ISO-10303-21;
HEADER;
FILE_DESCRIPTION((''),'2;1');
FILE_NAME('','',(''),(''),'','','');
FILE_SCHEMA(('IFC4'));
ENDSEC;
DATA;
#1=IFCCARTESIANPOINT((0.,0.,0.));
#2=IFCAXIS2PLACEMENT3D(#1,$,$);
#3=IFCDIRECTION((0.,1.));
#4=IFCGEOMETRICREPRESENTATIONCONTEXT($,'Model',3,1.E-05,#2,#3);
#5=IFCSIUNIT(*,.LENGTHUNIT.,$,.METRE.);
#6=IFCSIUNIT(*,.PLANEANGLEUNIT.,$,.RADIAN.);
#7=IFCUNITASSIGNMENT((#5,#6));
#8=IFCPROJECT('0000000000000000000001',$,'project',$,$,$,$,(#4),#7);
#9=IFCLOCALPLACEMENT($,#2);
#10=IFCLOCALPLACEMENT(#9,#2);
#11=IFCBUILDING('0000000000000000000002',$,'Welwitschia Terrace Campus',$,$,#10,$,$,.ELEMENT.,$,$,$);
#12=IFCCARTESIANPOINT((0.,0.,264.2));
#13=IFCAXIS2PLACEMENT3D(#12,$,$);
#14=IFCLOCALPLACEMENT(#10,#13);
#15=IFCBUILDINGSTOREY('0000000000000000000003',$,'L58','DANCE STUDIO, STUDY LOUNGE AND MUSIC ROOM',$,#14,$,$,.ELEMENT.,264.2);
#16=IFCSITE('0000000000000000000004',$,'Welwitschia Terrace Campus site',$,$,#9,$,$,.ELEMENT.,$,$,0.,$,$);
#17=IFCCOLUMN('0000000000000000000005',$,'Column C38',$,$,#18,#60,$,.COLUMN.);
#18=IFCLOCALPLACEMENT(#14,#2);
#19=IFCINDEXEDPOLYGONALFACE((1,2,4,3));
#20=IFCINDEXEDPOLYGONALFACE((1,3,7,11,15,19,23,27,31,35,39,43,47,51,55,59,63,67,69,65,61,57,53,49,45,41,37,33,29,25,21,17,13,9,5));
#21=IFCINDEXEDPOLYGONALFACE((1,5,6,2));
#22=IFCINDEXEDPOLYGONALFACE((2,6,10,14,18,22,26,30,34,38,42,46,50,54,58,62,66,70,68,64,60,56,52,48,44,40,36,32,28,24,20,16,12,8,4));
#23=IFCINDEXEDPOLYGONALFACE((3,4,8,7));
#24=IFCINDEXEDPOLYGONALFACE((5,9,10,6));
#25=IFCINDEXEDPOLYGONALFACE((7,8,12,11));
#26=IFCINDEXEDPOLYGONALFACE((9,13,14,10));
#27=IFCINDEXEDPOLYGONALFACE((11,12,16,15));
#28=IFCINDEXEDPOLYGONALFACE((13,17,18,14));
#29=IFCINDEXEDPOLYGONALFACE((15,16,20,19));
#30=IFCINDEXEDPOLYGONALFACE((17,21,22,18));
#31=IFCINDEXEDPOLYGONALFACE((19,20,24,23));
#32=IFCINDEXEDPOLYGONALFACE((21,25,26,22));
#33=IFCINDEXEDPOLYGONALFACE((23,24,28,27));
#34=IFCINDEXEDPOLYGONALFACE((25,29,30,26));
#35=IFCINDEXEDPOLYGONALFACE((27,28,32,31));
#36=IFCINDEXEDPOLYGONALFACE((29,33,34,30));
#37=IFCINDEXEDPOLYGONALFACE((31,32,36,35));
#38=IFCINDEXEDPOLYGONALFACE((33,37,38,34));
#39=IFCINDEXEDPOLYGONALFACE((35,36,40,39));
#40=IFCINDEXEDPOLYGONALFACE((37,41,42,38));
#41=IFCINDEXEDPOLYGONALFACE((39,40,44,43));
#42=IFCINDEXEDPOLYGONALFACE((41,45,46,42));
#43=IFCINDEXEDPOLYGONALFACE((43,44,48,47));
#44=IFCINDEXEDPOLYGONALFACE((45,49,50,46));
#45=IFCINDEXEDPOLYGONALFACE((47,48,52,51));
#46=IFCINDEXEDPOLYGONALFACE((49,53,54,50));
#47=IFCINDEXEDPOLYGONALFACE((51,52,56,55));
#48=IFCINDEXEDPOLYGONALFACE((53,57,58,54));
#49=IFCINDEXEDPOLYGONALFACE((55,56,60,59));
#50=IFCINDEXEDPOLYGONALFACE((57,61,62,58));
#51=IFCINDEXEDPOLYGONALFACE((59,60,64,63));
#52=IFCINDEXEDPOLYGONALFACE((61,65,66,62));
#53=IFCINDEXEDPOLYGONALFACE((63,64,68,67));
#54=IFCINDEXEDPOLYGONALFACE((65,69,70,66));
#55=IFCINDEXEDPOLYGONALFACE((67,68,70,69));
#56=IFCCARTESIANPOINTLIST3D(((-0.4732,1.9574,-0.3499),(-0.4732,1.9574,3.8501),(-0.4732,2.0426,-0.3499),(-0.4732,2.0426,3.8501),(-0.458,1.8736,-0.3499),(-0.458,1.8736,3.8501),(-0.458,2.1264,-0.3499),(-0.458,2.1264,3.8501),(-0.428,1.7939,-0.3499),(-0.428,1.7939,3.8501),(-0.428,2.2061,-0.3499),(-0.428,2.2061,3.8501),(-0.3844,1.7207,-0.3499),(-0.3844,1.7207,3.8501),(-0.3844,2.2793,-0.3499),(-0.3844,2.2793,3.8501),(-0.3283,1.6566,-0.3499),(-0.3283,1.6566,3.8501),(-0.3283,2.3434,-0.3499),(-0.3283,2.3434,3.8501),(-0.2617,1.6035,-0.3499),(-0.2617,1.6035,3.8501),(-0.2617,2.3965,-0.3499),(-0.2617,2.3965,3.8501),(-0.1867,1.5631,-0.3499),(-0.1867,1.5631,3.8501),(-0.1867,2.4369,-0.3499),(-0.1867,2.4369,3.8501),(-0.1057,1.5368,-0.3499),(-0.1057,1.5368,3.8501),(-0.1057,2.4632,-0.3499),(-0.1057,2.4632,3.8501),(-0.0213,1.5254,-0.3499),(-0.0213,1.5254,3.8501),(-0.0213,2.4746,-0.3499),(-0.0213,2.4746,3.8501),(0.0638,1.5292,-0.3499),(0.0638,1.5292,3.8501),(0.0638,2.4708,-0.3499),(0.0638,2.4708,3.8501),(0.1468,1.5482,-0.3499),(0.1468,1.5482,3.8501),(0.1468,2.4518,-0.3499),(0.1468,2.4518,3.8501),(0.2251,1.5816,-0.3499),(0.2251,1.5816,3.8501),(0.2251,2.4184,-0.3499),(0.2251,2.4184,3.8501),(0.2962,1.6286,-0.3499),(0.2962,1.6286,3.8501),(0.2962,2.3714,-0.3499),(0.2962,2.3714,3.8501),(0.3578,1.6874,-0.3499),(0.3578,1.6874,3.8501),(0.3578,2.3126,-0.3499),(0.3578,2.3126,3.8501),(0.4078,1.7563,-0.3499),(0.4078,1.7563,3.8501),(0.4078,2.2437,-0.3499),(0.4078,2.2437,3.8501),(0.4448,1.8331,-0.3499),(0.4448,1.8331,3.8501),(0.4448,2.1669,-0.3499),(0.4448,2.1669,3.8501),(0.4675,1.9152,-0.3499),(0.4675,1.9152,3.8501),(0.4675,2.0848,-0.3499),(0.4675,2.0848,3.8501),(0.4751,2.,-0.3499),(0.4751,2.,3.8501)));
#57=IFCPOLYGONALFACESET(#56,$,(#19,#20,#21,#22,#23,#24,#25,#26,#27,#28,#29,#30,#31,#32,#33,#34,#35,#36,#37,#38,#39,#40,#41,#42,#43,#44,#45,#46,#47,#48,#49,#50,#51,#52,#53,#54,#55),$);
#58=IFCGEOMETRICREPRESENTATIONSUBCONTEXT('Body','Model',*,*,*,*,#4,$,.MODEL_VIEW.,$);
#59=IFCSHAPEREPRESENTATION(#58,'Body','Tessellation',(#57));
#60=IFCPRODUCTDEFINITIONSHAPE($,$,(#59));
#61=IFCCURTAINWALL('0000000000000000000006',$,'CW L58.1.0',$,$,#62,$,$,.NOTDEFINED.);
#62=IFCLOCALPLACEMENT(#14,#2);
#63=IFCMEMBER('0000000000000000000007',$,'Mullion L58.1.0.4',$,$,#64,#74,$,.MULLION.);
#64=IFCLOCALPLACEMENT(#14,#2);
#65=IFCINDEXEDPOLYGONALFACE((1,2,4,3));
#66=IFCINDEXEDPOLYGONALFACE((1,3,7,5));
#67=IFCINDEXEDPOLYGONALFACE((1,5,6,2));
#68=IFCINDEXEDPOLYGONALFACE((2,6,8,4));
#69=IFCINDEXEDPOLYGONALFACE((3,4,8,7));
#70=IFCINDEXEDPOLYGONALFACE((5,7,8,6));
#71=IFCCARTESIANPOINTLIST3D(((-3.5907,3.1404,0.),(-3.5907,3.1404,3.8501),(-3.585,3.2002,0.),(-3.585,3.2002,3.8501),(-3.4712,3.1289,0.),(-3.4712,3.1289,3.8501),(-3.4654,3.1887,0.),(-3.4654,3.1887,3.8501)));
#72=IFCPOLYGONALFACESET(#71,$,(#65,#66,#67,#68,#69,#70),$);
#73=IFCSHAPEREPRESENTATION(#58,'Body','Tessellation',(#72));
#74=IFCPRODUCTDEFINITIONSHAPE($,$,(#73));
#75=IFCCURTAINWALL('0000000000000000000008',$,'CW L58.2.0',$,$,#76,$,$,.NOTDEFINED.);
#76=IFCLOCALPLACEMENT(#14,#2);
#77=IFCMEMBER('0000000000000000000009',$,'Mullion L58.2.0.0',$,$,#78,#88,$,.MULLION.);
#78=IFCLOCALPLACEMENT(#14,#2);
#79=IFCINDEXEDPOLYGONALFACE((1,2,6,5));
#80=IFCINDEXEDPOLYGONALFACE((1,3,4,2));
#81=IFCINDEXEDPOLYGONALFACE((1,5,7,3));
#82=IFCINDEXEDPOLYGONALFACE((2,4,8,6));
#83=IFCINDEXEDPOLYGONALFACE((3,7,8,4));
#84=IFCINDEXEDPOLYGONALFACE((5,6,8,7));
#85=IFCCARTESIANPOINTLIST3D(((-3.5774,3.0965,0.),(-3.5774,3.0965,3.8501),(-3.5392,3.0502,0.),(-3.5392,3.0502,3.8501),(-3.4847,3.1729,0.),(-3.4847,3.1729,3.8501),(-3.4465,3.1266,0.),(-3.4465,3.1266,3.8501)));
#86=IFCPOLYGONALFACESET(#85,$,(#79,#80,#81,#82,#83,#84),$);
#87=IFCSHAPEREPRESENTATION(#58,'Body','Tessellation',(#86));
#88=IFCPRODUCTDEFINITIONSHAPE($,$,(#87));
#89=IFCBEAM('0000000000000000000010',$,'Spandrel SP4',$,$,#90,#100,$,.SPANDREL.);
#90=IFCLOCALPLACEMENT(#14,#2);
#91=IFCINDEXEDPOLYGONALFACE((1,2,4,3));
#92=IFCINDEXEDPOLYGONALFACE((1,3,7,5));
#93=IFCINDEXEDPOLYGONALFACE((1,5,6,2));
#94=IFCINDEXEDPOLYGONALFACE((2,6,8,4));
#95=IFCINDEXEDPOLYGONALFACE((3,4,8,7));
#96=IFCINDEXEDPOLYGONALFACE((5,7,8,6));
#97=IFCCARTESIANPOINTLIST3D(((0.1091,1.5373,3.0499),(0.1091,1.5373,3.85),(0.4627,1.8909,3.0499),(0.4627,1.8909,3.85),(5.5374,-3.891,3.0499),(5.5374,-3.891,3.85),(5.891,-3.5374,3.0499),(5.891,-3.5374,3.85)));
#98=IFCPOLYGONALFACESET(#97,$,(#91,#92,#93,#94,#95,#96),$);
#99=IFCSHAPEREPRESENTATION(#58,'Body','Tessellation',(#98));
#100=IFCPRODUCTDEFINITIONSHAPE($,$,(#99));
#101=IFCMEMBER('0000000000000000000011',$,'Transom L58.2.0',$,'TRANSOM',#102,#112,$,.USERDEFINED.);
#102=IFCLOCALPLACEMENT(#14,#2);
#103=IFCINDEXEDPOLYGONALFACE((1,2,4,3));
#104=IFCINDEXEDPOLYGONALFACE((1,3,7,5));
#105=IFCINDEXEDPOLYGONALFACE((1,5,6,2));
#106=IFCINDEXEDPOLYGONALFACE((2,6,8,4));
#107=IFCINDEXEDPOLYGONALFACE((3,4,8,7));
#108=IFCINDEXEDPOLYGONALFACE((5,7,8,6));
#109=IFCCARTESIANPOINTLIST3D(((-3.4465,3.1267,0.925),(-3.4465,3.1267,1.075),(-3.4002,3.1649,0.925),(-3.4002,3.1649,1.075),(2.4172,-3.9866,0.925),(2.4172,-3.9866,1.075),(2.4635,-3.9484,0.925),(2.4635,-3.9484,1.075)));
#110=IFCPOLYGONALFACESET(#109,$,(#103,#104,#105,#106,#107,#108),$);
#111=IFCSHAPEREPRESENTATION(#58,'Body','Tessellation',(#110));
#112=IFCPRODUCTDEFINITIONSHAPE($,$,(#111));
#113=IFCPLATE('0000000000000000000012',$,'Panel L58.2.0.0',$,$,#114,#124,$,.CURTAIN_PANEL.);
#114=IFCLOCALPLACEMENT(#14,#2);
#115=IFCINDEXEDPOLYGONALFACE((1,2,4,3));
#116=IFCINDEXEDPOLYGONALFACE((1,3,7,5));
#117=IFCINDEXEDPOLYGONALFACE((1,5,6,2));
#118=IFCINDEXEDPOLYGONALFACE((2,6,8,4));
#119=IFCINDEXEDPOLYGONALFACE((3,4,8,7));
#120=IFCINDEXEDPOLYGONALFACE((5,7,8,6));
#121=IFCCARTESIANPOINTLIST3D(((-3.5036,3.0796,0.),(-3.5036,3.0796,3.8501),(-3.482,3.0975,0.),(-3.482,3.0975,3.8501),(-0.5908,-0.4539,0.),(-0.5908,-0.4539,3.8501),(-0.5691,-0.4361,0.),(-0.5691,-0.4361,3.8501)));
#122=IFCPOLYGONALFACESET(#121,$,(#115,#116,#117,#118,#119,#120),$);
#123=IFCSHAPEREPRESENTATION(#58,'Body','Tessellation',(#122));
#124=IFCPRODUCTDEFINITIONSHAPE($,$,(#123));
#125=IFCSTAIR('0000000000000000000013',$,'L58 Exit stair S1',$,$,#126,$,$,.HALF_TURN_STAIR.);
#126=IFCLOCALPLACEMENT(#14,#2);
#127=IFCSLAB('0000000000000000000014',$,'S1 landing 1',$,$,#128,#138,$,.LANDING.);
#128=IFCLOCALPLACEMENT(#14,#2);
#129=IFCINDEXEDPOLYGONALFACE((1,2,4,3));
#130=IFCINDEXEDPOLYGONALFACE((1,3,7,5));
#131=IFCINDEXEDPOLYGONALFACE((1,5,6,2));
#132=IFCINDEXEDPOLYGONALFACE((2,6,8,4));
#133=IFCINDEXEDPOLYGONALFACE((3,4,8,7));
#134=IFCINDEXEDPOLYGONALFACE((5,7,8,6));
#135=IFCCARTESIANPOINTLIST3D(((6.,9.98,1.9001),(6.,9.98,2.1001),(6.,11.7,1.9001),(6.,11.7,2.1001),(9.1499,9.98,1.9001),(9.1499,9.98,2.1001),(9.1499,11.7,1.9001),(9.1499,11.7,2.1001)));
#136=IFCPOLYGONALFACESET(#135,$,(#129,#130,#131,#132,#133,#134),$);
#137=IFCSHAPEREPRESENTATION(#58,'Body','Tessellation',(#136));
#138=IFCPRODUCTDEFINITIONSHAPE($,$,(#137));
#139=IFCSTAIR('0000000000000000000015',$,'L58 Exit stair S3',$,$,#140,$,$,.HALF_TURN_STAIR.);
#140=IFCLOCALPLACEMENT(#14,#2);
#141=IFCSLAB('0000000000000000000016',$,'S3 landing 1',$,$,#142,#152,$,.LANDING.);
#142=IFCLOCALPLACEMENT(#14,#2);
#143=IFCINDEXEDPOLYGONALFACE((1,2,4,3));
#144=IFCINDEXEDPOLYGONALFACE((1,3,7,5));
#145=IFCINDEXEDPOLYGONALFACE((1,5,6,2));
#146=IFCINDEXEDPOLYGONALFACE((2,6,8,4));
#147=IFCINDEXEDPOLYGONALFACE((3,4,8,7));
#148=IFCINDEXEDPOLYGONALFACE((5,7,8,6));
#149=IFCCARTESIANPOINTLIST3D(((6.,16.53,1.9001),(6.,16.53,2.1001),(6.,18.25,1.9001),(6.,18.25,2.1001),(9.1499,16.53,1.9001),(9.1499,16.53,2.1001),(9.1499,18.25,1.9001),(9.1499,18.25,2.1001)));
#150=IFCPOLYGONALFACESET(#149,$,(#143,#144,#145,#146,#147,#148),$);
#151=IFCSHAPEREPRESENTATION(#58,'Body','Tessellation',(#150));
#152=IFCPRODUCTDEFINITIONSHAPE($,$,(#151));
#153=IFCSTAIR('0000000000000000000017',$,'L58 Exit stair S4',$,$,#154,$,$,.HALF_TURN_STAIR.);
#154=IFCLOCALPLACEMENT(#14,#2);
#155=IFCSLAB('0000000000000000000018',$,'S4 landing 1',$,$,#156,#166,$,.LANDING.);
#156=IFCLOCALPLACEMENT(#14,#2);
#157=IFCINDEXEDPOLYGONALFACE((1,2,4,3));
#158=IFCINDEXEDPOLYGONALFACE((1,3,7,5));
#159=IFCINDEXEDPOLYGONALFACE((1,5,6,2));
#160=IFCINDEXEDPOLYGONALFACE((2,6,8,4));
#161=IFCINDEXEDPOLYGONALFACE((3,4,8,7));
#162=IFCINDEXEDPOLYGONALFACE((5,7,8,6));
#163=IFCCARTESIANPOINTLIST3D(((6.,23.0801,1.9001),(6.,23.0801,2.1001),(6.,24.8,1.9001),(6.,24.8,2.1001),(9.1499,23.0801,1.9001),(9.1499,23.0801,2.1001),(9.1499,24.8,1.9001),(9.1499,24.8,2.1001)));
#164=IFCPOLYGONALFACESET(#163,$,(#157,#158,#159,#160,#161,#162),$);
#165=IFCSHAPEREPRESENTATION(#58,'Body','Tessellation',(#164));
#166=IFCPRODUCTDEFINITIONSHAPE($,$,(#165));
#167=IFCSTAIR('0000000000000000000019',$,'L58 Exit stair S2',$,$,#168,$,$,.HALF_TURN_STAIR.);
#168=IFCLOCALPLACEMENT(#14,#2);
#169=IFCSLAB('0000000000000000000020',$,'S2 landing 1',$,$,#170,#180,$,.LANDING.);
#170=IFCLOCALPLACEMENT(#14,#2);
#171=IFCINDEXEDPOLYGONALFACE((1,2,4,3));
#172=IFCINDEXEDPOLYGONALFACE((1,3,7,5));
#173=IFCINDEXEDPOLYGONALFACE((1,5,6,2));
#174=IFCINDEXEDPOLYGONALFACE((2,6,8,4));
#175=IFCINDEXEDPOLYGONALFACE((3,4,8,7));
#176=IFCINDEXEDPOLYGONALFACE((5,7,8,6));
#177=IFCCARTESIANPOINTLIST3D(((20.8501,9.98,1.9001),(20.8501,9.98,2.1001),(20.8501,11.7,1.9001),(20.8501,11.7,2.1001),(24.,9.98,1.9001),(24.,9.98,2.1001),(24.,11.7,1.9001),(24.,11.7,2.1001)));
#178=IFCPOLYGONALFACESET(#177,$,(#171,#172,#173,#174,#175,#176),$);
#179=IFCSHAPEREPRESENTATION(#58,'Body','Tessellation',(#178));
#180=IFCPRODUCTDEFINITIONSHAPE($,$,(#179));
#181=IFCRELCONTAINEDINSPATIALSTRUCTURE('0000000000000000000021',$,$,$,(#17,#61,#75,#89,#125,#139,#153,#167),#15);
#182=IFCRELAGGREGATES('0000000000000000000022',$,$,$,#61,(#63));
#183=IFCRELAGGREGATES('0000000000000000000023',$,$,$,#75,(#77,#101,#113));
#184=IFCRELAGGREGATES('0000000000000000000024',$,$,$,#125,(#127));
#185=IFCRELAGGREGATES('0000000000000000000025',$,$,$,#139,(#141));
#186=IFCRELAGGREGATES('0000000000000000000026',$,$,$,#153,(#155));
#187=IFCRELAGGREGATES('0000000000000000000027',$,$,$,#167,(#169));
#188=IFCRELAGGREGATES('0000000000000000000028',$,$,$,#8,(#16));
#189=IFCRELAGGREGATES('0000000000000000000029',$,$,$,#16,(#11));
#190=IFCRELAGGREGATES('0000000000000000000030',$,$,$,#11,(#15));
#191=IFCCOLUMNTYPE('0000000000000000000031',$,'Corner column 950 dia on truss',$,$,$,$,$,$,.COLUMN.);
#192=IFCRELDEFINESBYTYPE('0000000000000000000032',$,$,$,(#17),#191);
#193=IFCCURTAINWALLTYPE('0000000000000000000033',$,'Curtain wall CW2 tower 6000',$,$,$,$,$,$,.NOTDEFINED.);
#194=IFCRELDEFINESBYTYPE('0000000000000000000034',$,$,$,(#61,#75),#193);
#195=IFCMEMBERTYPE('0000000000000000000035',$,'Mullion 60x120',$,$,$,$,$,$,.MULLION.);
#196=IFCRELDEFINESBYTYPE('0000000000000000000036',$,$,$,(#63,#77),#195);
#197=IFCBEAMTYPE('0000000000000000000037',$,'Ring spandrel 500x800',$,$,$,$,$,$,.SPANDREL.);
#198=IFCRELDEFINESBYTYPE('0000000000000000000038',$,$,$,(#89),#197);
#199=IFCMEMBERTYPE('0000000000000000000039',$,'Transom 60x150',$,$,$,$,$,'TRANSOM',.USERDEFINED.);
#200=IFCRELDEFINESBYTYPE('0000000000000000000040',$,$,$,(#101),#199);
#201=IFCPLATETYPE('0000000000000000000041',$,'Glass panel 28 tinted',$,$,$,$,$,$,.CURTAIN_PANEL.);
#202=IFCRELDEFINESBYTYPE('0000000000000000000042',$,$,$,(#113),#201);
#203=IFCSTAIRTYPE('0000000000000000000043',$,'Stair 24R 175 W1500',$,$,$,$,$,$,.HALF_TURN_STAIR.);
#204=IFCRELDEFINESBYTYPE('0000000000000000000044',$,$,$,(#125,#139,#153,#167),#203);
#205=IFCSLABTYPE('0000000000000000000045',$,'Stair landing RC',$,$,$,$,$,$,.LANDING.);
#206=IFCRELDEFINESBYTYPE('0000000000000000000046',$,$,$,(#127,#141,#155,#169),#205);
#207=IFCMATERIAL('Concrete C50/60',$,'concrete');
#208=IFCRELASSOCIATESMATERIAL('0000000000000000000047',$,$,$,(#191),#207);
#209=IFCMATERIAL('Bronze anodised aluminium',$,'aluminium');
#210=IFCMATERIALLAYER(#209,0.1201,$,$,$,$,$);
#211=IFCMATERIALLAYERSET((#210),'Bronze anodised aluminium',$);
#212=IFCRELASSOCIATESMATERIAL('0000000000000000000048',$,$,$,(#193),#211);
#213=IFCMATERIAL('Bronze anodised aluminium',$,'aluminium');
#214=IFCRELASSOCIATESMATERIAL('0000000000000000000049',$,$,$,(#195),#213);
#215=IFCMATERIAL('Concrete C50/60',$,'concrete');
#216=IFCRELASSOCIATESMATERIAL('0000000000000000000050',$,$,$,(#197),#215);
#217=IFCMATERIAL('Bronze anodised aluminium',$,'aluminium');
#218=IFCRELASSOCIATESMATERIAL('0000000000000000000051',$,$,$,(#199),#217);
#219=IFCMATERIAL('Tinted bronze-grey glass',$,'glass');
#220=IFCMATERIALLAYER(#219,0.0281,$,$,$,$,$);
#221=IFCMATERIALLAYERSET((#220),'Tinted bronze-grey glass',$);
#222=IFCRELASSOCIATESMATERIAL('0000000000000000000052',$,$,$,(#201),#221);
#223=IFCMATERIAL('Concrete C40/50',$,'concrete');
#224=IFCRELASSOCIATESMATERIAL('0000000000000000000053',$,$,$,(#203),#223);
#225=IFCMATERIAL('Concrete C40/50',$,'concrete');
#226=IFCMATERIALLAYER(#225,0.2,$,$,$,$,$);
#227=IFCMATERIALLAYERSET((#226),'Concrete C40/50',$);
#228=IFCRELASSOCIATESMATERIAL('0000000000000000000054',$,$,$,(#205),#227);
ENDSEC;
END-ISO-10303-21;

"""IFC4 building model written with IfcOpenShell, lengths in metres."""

from ifc_helpers import new_model, si_unit, direction, frame, origin, origin_2d, place, context, subcontext, project, spatial, polyline, rectangle, circle, outline, extrude, material, layer, layer_set, material_profile, profile_set, type_object, element, aggregate, save


model = new_model("IFC4")

# Units and contexts
model_context = context("Model", 3, precision=1e-05, world=origin(), true_north=direction((0.0, 1.0)))
body_context = subcontext(model_context, "Body", "Model", "MODEL_VIEW")
ifc_project = project(units=[si_unit("LENGTHUNIT", "METRE"), si_unit("PLANEANGLEUNIT", "RADIAN")], contexts=[model_context])

# Site, building, storey
site_placement = place(None, origin())
site = spatial("IfcSite", under=ifc_project, at=site_placement, Name="Welwitschia Terrace Campus site", CompositionType="ELEMENT", RefElevation=0.0)
building_placement = place(site_placement, origin())
building = spatial("IfcBuilding", under=site, at=building_placement, Name="Welwitschia Terrace Campus", CompositionType="ELEMENT")
storey_placement = place(building_placement, frame((0.0, 0.0, 264.2)))
storey = spatial("IfcBuildingStorey", under=building, at=storey_placement, Name="L58", Description="DANCE STUDIO, STUDY LOUNGE AND MUSIC ROOM", CompositionType="ELEMENT", Elevation=264.2)

# Column
ifc_material_1 = material(Name="Concrete C50/60", Category="concrete")
ifc_material_profile_1 = material_profile(ifc_material_1, circle(Radius=0.4751, at=origin_2d()))
ifc_profile_set_1 = profile_set([ifc_material_profile_1], Name="Concrete C50/60")
column_type = type_object("IfcColumnType", Name="Corner column 950 dia on truss", PredefinedType="COLUMN", material=ifc_profile_set_1)
column_placement = place(storey_placement, frame((0.0, 2.0, -0.3499), z_axis=(0.0, 0.0, 1.0), x_axis=(1.0, 0.0, 0.0)))
element("IfcColumn", 1, at=column_placement, inside=storey, type_object=column_type, Name="Column C38", PredefinedType="COLUMN", context=body_context, shape_type="SweptSolid", body=[
    extrude(circle(Radius=0.4751, at=origin_2d()), origin(), (0.0, 0.0, 1.0), 4.2),
])

# Curtain walls, members
ifc_material_2 = material(Name="Bronze anodised aluminium", Category="aluminium")
ifc_layer_1 = layer(ifc_material_2, 0.1201)
ifc_layer_set_1 = layer_set([ifc_layer_1], Name="Bronze anodised aluminium")
curtain_wall_type = type_object("IfcCurtainWallType", Name="Curtain wall CW2 tower 6000", PredefinedType="NOTDEFINED", material=ifc_layer_set_1)
curtain_wall_1_placement = place(storey_placement, origin())
curtain_wall_1 = element("IfcCurtainWall", 2, at=curtain_wall_1_placement, inside=storey, type_object=curtain_wall_type, Name="CW L58.1.0", PredefinedType="NOTDEFINED")
ifc_material_3 = material(Name="Bronze anodised aluminium", Category="aluminium")
ifc_material_profile_2 = material_profile(ifc_material_3, rectangle(XDim=0.1201, YDim=0.0601, at=origin_2d()))
ifc_profile_set_2 = profile_set([ifc_material_profile_2], Name="Bronze anodised aluminium")
member_type_1 = type_object("IfcMemberType", Name="Mullion 60x120", PredefinedType="MULLION", material=ifc_profile_set_2)
member_1_placement = place(storey_placement, frame((-3.5281, 3.1646, 0.0), z_axis=(0.0, 0.0, 1.0), x_axis=(0.995396, -0.095846, 0.0)))
member_1 = element("IfcMember", 3, at=member_1_placement, type_object=member_type_1, Name="Mullion L58.1.0.4", PredefinedType="MULLION", context=body_context, shape_type="SweptSolid", body=[
    extrude(rectangle(XDim=0.1201, YDim=0.0601, at=origin_2d()), origin(), (0.0, 0.0, 1.0), 3.8501),
])
aggregate(curtain_wall_1, [member_1])
curtain_wall_2_placement = place(storey_placement, origin())
curtain_wall_2 = element("IfcCurtainWall", 4, at=curtain_wall_2_placement, inside=storey, type_object=curtain_wall_type, Name="CW L58.2.0", PredefinedType="NOTDEFINED")
member_2_placement = place(storey_placement, frame((-3.512, 3.1116, 0.0), z_axis=(0.0, 0.0, 1.0), x_axis=(0.771625, 0.636078, 0.0)))
member_2 = element("IfcMember", 5, at=member_2_placement, type_object=member_type_1, Name="Mullion L58.2.0.0", PredefinedType="MULLION", context=body_context, shape_type="SweptSolid", body=[
    extrude(rectangle(XDim=0.1201, YDim=0.0601, at=origin_2d()), origin(), (0.0, 0.0, 1.0), 3.8501),
])

# Beam
ifc_material_4 = material(Name="Concrete C50/60", Category="concrete")
ifc_material_profile_3 = material_profile(ifc_material_4, rectangle(XDim=0.5, YDim=0.8, at=origin_2d()))
ifc_profile_set_3 = profile_set([ifc_material_profile_3], Name="Concrete C50/60")
beam_type = type_object("IfcBeamType", Name="Ring spandrel 500x800", PredefinedType="SPANDREL", material=ifc_profile_set_3)
beam_placement = place(storey_placement, frame((0.2859, 1.7141, 3.45), z_axis=(0.707107, -0.707107, 0.0), x_axis=(0.707107, 0.707107, 0.0)))
element("IfcBeam", 6, at=beam_placement, inside=storey, type_object=beam_type, Name="Spandrel SP4", PredefinedType="SPANDREL", context=body_context, shape_type="SweptSolid", body=[
    extrude(rectangle(XDim=0.5, YDim=0.8, at=origin_2d()), origin(), (0.0, 0.0, 1.0), 7.6768),
])

# Member
ifc_material_5 = material(Name="Bronze anodised aluminium", Category="aluminium")
ifc_material_profile_4 = material_profile(ifc_material_5, rectangle(XDim=0.0601, YDim=0.1499, at=origin_2d()))
ifc_profile_set_4 = profile_set([ifc_material_profile_4], Name="Bronze anodised aluminium")
member_type_2 = type_object("IfcMemberType", Name="Transom 60x150", ElementType="TRANSOM", PredefinedType="USERDEFINED", material=ifc_profile_set_4)
member_3_placement = place(storey_placement, frame((-3.4233, 3.1458, 1.0), z_axis=(0.63608, -0.771623, 0.0), x_axis=(0.771623, 0.63608, 0.0)))
member_3 = element("IfcMember", 7, at=member_3_placement, type_object=member_type_2, Name="Transom L58.2.0", ObjectType="TRANSOM", PredefinedType="USERDEFINED", context=body_context, shape_type="SweptSolid", body=[
    extrude(rectangle(XDim=0.0601, YDim=0.1499, at=origin_2d()), origin(), (0.0, 0.0, 1.0), 9.2185),
])

# Plate
ifc_material_6 = material(Name="Tinted bronze-grey glass", Category="glass")
ifc_layer_2 = layer(ifc_material_6, 0.0281)
ifc_layer_set_2 = layer_set([ifc_layer_2], Name="Tinted bronze-grey glass")
plate_type = type_object("IfcPlateType", Name="Glass panel 28 tinted", PredefinedType="CURTAIN_PANEL", material=ifc_layer_set_2)
plate_placement = place(storey_placement, frame((-2.0364, 1.3218, 0.0), z_axis=(0.0, 0.0, 1.0), x_axis=(0.636078, -0.771625, 0.0)))
plate = element("IfcPlate", 8, at=plate_placement, type_object=plate_type, Name="Panel L58.2.0.0", PredefinedType="CURTAIN_PANEL", context=body_context, shape_type="SweptSolid", body=[
    extrude(rectangle(XDim=4.5793, YDim=0.0281, at=origin_2d()), origin(), (0.0, 0.0, 1.0), 3.8501),
])
aggregate(curtain_wall_2, [member_2, member_3, plate])

# Stairs, slabs
ifc_material_7 = material(Name="Concrete C40/50", Category="concrete")
stair_type = type_object("IfcStairType", Name="Stair 24R 175 W1500", PredefinedType="HALF_TURN_STAIR", material=ifc_material_7)
stair_1_placement = place(storey_placement, origin())
stair_1 = element("IfcStair", 9, at=stair_1_placement, inside=storey, type_object=stair_type, Name="L58 Exit stair S1", PredefinedType="HALF_TURN_STAIR")
ifc_material_8 = material(Name="Concrete C40/50", Category="concrete")
ifc_layer_3 = layer(ifc_material_8, 0.2)
ifc_layer_set_3 = layer_set([ifc_layer_3], Name="Concrete C40/50")
slab_type_1 = type_object("IfcSlabType", Name="Stair landing RC", PredefinedType="LANDING", material=ifc_layer_set_3)
slab_1_placement = place(storey_placement, frame((0.0, 0.0, 1.9001)))
slab_1 = element("IfcSlab", 10, at=slab_1_placement, type_object=slab_type_1, Name="S1 landing 1", PredefinedType="LANDING", context=body_context, shape_type="SweptSolid", body=[
    extrude(outline(polyline([(9.1499, 9.98), (9.1499, 11.7), (6.0, 11.7), (6.0, 9.98), (9.1499, 9.98)])), origin(), (0.0, 0.0, 1.0), 0.2),
])
aggregate(stair_1, [slab_1])
stair_2_placement = place(storey_placement, origin())
stair_2 = element("IfcStair", 11, at=stair_2_placement, inside=storey, type_object=stair_type, Name="L58 Exit stair S3", PredefinedType="HALF_TURN_STAIR")
slab_2_placement = place(storey_placement, frame((0.0, 0.0, 1.9001)))
slab_2 = element("IfcSlab", 12, at=slab_2_placement, type_object=slab_type_1, Name="S3 landing 1", PredefinedType="LANDING", context=body_context, shape_type="SweptSolid", body=[
    extrude(outline(polyline([(9.1499, 16.53), (9.1499, 18.25), (6.0, 18.25), (6.0, 16.53), (9.1499, 16.53)])), origin(), (0.0, 0.0, 1.0), 0.2),
])
aggregate(stair_2, [slab_2])
stair_3_placement = place(storey_placement, origin())
stair_3 = element("IfcStair", 13, at=stair_3_placement, inside=storey, type_object=stair_type, Name="L58 Exit stair S4", PredefinedType="HALF_TURN_STAIR")
slab_3_placement = place(storey_placement, frame((0.0, 0.0, 1.9001)))
slab_3 = element("IfcSlab", 14, at=slab_3_placement, type_object=slab_type_1, Name="S4 landing 1", PredefinedType="LANDING", context=body_context, shape_type="SweptSolid", body=[
    extrude(outline(polyline([(9.1499, 23.0801), (9.1499, 24.8), (6.0, 24.8), (6.0, 23.0801), (9.1499, 23.0801)])), origin(), (0.0, 0.0, 1.0), 0.2),
])
aggregate(stair_3, [slab_3])
stair_4_placement = place(storey_placement, origin())
stair_4 = element("IfcStair", 15, at=stair_4_placement, inside=storey, type_object=stair_type, Name="L58 Exit stair S2", PredefinedType="HALF_TURN_STAIR")
slab_4_placement = place(storey_placement, frame((0.0, 0.0, 1.9001)))
slab_4 = element("IfcSlab", 16, at=slab_4_placement, type_object=slab_type_1, Name="S2 landing 1", PredefinedType="LANDING", context=body_context, shape_type="SweptSolid", body=[
    extrude(outline(polyline([(24.0, 9.98), (24.0, 11.7), (20.8501, 11.7), (20.8501, 9.98), (24.0, 9.98)])), origin(), (0.0, 0.0, 1.0), 0.2),
])
aggregate(stair_4, [slab_4])

save(model, "model.ifc")
